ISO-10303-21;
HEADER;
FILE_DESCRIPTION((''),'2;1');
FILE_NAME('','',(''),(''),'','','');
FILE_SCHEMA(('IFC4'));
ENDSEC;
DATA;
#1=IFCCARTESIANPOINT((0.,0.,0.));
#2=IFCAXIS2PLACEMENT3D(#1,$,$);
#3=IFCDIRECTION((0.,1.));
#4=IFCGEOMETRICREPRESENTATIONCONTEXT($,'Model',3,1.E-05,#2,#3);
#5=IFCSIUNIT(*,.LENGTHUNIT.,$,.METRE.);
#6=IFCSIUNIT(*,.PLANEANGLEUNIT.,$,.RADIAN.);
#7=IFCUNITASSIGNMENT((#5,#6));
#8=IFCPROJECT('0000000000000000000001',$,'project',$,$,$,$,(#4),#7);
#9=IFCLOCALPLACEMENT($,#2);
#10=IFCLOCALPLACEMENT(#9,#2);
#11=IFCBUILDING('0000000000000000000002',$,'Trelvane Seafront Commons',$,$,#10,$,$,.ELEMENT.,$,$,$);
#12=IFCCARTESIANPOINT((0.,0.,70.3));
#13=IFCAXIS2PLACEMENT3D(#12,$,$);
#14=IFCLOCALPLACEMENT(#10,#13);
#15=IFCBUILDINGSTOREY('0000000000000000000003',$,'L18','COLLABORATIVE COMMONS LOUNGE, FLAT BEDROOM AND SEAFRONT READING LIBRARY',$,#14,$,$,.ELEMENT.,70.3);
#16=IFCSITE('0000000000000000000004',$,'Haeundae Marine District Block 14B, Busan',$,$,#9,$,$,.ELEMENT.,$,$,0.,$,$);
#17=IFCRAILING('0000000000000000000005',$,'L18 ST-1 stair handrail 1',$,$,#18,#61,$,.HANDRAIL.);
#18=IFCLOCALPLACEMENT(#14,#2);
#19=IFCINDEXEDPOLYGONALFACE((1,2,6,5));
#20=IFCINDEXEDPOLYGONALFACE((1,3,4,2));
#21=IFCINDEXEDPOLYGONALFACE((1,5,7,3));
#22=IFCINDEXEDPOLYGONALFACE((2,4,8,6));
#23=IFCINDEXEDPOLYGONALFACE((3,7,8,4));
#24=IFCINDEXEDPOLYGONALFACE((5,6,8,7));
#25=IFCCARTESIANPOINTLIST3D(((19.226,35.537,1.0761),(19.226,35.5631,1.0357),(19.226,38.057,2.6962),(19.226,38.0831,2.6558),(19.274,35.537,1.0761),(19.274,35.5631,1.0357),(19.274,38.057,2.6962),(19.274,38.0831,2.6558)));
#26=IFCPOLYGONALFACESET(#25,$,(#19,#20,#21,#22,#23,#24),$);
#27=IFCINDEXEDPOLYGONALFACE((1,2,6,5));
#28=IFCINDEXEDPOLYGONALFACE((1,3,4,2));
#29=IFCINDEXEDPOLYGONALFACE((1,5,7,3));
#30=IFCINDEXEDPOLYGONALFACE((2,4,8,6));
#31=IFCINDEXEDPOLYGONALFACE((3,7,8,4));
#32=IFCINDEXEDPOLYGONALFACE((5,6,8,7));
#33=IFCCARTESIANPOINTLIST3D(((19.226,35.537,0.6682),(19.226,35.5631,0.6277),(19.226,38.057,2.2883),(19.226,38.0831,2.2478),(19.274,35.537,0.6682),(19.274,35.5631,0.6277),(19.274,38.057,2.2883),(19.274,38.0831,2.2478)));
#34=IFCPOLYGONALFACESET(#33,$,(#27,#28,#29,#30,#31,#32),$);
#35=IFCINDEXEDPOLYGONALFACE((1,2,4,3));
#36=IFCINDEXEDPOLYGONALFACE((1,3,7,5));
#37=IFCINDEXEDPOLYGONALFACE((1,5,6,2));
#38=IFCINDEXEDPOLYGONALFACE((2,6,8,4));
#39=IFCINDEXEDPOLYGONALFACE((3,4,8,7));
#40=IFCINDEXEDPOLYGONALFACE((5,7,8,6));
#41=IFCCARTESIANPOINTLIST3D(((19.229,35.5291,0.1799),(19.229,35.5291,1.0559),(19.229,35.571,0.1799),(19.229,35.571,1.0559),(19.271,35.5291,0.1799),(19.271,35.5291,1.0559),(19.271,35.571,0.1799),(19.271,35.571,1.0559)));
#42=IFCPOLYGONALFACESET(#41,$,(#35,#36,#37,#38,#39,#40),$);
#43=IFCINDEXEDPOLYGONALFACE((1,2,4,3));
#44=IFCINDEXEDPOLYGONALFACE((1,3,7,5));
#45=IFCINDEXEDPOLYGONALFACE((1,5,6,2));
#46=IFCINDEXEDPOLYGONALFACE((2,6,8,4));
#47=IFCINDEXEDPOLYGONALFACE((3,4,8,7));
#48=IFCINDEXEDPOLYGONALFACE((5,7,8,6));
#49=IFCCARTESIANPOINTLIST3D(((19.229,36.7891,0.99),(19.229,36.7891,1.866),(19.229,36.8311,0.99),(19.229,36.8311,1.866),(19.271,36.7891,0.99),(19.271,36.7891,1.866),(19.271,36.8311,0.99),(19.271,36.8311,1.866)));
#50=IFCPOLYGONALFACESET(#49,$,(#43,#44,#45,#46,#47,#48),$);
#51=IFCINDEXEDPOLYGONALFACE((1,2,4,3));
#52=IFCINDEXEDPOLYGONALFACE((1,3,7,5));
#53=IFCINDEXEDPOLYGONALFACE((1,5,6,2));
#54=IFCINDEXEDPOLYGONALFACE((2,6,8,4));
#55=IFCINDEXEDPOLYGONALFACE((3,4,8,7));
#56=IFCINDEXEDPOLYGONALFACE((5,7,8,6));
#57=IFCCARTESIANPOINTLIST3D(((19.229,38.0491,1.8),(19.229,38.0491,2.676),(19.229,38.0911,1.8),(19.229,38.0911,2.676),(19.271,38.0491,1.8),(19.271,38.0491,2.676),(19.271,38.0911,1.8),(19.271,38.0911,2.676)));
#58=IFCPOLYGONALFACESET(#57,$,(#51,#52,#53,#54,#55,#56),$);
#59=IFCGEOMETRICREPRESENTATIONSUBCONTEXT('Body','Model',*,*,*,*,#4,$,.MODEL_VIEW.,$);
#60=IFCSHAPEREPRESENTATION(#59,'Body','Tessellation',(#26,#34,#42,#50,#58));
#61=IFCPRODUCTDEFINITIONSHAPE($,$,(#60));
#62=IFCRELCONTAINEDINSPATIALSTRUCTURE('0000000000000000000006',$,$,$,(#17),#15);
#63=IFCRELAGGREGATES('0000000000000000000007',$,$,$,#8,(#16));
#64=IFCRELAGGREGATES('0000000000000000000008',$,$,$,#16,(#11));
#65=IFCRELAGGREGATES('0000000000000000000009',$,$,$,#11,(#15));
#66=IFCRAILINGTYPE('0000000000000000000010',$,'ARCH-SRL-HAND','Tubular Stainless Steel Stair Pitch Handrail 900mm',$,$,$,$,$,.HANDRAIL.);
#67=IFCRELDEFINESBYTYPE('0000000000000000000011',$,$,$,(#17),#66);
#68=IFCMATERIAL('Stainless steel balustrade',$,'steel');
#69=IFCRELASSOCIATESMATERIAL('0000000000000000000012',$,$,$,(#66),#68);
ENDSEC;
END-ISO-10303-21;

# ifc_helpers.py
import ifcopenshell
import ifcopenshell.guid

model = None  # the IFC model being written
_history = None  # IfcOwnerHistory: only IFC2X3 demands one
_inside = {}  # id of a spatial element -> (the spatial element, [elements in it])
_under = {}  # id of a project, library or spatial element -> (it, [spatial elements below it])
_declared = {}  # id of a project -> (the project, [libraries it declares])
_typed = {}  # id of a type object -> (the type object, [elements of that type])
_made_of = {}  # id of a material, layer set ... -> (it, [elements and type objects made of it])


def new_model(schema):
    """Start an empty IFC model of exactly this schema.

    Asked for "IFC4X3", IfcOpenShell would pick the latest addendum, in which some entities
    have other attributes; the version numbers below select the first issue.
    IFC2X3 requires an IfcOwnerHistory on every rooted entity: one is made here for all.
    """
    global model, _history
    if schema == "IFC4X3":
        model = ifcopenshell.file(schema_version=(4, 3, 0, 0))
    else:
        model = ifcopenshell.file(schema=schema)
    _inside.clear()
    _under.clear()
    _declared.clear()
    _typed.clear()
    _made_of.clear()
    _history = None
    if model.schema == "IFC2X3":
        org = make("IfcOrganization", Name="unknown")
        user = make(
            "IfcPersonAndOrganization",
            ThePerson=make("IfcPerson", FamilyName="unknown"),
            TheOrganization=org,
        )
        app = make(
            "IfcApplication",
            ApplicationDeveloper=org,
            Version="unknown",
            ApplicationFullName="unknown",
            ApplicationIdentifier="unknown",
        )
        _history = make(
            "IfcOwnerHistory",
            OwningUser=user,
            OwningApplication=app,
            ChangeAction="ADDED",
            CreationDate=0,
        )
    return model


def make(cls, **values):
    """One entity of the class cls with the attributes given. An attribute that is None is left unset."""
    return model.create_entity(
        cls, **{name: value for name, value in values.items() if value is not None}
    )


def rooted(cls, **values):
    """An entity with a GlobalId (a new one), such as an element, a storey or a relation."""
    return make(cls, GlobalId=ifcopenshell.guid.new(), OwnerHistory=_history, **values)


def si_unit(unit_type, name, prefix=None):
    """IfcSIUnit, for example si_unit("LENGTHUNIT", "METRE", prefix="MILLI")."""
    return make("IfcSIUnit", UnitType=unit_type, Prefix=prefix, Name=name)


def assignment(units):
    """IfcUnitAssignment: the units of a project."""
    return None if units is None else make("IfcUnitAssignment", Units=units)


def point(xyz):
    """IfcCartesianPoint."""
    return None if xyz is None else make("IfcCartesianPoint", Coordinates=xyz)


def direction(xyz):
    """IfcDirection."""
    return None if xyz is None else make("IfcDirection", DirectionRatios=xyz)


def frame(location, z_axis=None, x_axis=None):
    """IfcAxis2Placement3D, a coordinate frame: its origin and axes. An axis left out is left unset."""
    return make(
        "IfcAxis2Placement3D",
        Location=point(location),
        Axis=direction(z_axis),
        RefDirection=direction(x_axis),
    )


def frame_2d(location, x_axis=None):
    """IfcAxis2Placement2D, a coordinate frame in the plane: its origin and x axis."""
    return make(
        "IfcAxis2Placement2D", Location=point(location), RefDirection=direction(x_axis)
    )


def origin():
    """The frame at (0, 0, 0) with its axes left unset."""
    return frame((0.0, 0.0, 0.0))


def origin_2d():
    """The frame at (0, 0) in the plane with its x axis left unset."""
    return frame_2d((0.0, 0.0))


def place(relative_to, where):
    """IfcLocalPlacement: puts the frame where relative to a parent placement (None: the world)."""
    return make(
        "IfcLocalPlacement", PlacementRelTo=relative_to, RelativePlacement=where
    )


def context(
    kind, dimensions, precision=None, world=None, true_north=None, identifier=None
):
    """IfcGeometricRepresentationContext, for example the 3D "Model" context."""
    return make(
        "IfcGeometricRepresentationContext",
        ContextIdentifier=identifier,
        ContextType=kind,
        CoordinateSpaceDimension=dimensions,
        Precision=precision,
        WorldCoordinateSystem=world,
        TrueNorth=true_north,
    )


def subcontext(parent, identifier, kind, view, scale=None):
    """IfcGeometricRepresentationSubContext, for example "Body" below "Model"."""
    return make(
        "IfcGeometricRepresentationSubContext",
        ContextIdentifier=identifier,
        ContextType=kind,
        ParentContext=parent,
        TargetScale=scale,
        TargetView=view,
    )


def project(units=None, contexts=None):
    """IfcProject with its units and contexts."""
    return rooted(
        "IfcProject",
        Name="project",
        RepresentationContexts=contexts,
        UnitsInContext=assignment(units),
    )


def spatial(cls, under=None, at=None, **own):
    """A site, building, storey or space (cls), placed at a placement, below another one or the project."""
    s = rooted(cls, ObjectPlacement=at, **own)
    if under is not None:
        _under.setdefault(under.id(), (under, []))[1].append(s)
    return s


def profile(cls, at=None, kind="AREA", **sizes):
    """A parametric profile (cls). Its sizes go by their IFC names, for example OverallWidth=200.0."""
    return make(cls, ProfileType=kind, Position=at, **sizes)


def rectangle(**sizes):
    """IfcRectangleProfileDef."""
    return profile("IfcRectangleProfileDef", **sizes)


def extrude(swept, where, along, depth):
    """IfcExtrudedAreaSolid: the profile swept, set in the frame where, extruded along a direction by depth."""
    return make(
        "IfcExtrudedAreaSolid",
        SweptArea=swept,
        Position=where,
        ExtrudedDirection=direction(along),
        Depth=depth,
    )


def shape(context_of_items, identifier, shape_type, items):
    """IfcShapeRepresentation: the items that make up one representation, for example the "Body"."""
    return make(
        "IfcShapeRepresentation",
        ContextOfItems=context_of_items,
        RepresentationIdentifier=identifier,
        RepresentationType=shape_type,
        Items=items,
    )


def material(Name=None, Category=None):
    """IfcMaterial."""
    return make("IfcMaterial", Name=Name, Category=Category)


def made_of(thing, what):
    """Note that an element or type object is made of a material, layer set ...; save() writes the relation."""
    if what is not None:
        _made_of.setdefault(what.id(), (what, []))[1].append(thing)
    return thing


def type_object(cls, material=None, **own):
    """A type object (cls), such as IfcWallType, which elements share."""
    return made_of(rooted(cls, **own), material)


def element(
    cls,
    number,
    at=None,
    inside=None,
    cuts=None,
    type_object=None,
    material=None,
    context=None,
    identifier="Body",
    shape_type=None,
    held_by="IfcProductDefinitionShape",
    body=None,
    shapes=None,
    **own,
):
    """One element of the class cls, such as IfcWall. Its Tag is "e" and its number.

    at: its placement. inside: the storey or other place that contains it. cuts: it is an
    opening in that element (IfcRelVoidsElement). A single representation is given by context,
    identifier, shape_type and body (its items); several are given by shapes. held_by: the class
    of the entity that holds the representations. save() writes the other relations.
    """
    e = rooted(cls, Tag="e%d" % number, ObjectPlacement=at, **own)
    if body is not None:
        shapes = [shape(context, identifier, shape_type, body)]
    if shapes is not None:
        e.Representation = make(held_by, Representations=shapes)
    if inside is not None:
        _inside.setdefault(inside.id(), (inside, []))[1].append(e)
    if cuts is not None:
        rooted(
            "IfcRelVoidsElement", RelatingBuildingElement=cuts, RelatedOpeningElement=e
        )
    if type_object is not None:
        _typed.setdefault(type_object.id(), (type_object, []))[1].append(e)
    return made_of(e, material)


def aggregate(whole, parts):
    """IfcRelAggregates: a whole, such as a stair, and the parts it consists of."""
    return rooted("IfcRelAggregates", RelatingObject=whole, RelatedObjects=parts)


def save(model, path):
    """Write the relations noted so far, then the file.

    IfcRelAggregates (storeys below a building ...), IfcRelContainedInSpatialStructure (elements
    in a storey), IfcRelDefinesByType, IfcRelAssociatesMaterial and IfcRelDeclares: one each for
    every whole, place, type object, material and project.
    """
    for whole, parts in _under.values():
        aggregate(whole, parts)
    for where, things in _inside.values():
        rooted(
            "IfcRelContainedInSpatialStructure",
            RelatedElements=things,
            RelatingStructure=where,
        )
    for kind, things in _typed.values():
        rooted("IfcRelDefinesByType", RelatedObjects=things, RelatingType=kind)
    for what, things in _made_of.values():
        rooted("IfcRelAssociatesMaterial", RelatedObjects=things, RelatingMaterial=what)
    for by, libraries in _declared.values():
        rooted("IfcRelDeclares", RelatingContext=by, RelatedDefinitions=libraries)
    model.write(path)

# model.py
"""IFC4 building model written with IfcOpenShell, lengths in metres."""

from ifc_helpers import new_model, si_unit, direction, frame, origin, origin_2d, place, context, subcontext, project, spatial, rectangle, extrude, material, type_object, element, save


model = new_model("IFC4")

# Units and contexts
model_context = context("Model", 3, precision=1e-05, world=origin(), true_north=direction((0.0, 1.0)))
body_context = subcontext(model_context, "Body", "Model", "MODEL_VIEW")
ifc_project = project(units=[si_unit("LENGTHUNIT", "METRE"), si_unit("PLANEANGLEUNIT", "RADIAN")], contexts=[model_context])

# Site, building, storey
site_placement = place(None, origin())
site = spatial("IfcSite", under=ifc_project, at=site_placement, Name="Haeundae Marine District Block 14B, Busan", CompositionType="ELEMENT", RefElevation=0.0)
building_placement = place(site_placement, origin())
building = spatial("IfcBuilding", under=site, at=building_placement, Name="Trelvane Seafront Commons", CompositionType="ELEMENT")
storey_placement = place(building_placement, frame((0.0, 0.0, 70.3)))
storey = spatial("IfcBuildingStorey", under=building, at=storey_placement, Name="L18", Description="COLLABORATIVE COMMONS LOUNGE, FLAT BEDROOM AND SEAFRONT READING LIBRARY", CompositionType="ELEMENT", Elevation=70.3)

# Shared definitions
ifc_material_1 = material(Name="Stainless steel balustrade", Category="steel")

# Railing
railing_type = type_object("IfcRailingType", Name="ARCH-SRL-HAND", Description="Tubular Stainless Steel Stair Pitch Handrail 900mm", PredefinedType="HANDRAIL", material=ifc_material_1)
railing_placement = place(storey_placement, frame((19.25, 35.55, 0.1799)))
element("IfcRailing", 1, at=railing_placement, inside=storey, type_object=railing_type, Name="L18 ST-1 stair handrail 1", PredefinedType="HANDRAIL", context=body_context, shape_type="SweptSolid", body=[
    extrude(rectangle(XDim=0.0481, YDim=0.0481, at=origin_2d()), frame((0.0, 0.0, 0.876), z_axis=(0.0, 0.841163, 0.540782), x_axis=(-1.0, 0.0, 0.0)), (0.0, 0.0, 1.0), 2.9958),
    extrude(rectangle(XDim=0.0481, YDim=0.0481, at=origin_2d()), frame((0.0, 0.0, 0.468), z_axis=(0.0, 0.841163, 0.540782), x_axis=(-1.0, 0.0, 0.0)), (0.0, 0.0, 1.0), 2.9958),
    extrude(rectangle(XDim=0.042, YDim=0.042, at=origin_2d()), origin(), (0.0, 0.0, 1.0), 0.876),
    extrude(rectangle(XDim=0.042, YDim=0.042, at=origin_2d()), frame((0.0, 1.26, 0.8101)), (0.0, 0.0, 1.0), 0.876),
    extrude(rectangle(XDim=0.042, YDim=0.042, at=origin_2d()), frame((0.0, 2.52, 1.6201)), (0.0, 0.0, 1.0), 0.876),
])

save(model, "model.ifc")
